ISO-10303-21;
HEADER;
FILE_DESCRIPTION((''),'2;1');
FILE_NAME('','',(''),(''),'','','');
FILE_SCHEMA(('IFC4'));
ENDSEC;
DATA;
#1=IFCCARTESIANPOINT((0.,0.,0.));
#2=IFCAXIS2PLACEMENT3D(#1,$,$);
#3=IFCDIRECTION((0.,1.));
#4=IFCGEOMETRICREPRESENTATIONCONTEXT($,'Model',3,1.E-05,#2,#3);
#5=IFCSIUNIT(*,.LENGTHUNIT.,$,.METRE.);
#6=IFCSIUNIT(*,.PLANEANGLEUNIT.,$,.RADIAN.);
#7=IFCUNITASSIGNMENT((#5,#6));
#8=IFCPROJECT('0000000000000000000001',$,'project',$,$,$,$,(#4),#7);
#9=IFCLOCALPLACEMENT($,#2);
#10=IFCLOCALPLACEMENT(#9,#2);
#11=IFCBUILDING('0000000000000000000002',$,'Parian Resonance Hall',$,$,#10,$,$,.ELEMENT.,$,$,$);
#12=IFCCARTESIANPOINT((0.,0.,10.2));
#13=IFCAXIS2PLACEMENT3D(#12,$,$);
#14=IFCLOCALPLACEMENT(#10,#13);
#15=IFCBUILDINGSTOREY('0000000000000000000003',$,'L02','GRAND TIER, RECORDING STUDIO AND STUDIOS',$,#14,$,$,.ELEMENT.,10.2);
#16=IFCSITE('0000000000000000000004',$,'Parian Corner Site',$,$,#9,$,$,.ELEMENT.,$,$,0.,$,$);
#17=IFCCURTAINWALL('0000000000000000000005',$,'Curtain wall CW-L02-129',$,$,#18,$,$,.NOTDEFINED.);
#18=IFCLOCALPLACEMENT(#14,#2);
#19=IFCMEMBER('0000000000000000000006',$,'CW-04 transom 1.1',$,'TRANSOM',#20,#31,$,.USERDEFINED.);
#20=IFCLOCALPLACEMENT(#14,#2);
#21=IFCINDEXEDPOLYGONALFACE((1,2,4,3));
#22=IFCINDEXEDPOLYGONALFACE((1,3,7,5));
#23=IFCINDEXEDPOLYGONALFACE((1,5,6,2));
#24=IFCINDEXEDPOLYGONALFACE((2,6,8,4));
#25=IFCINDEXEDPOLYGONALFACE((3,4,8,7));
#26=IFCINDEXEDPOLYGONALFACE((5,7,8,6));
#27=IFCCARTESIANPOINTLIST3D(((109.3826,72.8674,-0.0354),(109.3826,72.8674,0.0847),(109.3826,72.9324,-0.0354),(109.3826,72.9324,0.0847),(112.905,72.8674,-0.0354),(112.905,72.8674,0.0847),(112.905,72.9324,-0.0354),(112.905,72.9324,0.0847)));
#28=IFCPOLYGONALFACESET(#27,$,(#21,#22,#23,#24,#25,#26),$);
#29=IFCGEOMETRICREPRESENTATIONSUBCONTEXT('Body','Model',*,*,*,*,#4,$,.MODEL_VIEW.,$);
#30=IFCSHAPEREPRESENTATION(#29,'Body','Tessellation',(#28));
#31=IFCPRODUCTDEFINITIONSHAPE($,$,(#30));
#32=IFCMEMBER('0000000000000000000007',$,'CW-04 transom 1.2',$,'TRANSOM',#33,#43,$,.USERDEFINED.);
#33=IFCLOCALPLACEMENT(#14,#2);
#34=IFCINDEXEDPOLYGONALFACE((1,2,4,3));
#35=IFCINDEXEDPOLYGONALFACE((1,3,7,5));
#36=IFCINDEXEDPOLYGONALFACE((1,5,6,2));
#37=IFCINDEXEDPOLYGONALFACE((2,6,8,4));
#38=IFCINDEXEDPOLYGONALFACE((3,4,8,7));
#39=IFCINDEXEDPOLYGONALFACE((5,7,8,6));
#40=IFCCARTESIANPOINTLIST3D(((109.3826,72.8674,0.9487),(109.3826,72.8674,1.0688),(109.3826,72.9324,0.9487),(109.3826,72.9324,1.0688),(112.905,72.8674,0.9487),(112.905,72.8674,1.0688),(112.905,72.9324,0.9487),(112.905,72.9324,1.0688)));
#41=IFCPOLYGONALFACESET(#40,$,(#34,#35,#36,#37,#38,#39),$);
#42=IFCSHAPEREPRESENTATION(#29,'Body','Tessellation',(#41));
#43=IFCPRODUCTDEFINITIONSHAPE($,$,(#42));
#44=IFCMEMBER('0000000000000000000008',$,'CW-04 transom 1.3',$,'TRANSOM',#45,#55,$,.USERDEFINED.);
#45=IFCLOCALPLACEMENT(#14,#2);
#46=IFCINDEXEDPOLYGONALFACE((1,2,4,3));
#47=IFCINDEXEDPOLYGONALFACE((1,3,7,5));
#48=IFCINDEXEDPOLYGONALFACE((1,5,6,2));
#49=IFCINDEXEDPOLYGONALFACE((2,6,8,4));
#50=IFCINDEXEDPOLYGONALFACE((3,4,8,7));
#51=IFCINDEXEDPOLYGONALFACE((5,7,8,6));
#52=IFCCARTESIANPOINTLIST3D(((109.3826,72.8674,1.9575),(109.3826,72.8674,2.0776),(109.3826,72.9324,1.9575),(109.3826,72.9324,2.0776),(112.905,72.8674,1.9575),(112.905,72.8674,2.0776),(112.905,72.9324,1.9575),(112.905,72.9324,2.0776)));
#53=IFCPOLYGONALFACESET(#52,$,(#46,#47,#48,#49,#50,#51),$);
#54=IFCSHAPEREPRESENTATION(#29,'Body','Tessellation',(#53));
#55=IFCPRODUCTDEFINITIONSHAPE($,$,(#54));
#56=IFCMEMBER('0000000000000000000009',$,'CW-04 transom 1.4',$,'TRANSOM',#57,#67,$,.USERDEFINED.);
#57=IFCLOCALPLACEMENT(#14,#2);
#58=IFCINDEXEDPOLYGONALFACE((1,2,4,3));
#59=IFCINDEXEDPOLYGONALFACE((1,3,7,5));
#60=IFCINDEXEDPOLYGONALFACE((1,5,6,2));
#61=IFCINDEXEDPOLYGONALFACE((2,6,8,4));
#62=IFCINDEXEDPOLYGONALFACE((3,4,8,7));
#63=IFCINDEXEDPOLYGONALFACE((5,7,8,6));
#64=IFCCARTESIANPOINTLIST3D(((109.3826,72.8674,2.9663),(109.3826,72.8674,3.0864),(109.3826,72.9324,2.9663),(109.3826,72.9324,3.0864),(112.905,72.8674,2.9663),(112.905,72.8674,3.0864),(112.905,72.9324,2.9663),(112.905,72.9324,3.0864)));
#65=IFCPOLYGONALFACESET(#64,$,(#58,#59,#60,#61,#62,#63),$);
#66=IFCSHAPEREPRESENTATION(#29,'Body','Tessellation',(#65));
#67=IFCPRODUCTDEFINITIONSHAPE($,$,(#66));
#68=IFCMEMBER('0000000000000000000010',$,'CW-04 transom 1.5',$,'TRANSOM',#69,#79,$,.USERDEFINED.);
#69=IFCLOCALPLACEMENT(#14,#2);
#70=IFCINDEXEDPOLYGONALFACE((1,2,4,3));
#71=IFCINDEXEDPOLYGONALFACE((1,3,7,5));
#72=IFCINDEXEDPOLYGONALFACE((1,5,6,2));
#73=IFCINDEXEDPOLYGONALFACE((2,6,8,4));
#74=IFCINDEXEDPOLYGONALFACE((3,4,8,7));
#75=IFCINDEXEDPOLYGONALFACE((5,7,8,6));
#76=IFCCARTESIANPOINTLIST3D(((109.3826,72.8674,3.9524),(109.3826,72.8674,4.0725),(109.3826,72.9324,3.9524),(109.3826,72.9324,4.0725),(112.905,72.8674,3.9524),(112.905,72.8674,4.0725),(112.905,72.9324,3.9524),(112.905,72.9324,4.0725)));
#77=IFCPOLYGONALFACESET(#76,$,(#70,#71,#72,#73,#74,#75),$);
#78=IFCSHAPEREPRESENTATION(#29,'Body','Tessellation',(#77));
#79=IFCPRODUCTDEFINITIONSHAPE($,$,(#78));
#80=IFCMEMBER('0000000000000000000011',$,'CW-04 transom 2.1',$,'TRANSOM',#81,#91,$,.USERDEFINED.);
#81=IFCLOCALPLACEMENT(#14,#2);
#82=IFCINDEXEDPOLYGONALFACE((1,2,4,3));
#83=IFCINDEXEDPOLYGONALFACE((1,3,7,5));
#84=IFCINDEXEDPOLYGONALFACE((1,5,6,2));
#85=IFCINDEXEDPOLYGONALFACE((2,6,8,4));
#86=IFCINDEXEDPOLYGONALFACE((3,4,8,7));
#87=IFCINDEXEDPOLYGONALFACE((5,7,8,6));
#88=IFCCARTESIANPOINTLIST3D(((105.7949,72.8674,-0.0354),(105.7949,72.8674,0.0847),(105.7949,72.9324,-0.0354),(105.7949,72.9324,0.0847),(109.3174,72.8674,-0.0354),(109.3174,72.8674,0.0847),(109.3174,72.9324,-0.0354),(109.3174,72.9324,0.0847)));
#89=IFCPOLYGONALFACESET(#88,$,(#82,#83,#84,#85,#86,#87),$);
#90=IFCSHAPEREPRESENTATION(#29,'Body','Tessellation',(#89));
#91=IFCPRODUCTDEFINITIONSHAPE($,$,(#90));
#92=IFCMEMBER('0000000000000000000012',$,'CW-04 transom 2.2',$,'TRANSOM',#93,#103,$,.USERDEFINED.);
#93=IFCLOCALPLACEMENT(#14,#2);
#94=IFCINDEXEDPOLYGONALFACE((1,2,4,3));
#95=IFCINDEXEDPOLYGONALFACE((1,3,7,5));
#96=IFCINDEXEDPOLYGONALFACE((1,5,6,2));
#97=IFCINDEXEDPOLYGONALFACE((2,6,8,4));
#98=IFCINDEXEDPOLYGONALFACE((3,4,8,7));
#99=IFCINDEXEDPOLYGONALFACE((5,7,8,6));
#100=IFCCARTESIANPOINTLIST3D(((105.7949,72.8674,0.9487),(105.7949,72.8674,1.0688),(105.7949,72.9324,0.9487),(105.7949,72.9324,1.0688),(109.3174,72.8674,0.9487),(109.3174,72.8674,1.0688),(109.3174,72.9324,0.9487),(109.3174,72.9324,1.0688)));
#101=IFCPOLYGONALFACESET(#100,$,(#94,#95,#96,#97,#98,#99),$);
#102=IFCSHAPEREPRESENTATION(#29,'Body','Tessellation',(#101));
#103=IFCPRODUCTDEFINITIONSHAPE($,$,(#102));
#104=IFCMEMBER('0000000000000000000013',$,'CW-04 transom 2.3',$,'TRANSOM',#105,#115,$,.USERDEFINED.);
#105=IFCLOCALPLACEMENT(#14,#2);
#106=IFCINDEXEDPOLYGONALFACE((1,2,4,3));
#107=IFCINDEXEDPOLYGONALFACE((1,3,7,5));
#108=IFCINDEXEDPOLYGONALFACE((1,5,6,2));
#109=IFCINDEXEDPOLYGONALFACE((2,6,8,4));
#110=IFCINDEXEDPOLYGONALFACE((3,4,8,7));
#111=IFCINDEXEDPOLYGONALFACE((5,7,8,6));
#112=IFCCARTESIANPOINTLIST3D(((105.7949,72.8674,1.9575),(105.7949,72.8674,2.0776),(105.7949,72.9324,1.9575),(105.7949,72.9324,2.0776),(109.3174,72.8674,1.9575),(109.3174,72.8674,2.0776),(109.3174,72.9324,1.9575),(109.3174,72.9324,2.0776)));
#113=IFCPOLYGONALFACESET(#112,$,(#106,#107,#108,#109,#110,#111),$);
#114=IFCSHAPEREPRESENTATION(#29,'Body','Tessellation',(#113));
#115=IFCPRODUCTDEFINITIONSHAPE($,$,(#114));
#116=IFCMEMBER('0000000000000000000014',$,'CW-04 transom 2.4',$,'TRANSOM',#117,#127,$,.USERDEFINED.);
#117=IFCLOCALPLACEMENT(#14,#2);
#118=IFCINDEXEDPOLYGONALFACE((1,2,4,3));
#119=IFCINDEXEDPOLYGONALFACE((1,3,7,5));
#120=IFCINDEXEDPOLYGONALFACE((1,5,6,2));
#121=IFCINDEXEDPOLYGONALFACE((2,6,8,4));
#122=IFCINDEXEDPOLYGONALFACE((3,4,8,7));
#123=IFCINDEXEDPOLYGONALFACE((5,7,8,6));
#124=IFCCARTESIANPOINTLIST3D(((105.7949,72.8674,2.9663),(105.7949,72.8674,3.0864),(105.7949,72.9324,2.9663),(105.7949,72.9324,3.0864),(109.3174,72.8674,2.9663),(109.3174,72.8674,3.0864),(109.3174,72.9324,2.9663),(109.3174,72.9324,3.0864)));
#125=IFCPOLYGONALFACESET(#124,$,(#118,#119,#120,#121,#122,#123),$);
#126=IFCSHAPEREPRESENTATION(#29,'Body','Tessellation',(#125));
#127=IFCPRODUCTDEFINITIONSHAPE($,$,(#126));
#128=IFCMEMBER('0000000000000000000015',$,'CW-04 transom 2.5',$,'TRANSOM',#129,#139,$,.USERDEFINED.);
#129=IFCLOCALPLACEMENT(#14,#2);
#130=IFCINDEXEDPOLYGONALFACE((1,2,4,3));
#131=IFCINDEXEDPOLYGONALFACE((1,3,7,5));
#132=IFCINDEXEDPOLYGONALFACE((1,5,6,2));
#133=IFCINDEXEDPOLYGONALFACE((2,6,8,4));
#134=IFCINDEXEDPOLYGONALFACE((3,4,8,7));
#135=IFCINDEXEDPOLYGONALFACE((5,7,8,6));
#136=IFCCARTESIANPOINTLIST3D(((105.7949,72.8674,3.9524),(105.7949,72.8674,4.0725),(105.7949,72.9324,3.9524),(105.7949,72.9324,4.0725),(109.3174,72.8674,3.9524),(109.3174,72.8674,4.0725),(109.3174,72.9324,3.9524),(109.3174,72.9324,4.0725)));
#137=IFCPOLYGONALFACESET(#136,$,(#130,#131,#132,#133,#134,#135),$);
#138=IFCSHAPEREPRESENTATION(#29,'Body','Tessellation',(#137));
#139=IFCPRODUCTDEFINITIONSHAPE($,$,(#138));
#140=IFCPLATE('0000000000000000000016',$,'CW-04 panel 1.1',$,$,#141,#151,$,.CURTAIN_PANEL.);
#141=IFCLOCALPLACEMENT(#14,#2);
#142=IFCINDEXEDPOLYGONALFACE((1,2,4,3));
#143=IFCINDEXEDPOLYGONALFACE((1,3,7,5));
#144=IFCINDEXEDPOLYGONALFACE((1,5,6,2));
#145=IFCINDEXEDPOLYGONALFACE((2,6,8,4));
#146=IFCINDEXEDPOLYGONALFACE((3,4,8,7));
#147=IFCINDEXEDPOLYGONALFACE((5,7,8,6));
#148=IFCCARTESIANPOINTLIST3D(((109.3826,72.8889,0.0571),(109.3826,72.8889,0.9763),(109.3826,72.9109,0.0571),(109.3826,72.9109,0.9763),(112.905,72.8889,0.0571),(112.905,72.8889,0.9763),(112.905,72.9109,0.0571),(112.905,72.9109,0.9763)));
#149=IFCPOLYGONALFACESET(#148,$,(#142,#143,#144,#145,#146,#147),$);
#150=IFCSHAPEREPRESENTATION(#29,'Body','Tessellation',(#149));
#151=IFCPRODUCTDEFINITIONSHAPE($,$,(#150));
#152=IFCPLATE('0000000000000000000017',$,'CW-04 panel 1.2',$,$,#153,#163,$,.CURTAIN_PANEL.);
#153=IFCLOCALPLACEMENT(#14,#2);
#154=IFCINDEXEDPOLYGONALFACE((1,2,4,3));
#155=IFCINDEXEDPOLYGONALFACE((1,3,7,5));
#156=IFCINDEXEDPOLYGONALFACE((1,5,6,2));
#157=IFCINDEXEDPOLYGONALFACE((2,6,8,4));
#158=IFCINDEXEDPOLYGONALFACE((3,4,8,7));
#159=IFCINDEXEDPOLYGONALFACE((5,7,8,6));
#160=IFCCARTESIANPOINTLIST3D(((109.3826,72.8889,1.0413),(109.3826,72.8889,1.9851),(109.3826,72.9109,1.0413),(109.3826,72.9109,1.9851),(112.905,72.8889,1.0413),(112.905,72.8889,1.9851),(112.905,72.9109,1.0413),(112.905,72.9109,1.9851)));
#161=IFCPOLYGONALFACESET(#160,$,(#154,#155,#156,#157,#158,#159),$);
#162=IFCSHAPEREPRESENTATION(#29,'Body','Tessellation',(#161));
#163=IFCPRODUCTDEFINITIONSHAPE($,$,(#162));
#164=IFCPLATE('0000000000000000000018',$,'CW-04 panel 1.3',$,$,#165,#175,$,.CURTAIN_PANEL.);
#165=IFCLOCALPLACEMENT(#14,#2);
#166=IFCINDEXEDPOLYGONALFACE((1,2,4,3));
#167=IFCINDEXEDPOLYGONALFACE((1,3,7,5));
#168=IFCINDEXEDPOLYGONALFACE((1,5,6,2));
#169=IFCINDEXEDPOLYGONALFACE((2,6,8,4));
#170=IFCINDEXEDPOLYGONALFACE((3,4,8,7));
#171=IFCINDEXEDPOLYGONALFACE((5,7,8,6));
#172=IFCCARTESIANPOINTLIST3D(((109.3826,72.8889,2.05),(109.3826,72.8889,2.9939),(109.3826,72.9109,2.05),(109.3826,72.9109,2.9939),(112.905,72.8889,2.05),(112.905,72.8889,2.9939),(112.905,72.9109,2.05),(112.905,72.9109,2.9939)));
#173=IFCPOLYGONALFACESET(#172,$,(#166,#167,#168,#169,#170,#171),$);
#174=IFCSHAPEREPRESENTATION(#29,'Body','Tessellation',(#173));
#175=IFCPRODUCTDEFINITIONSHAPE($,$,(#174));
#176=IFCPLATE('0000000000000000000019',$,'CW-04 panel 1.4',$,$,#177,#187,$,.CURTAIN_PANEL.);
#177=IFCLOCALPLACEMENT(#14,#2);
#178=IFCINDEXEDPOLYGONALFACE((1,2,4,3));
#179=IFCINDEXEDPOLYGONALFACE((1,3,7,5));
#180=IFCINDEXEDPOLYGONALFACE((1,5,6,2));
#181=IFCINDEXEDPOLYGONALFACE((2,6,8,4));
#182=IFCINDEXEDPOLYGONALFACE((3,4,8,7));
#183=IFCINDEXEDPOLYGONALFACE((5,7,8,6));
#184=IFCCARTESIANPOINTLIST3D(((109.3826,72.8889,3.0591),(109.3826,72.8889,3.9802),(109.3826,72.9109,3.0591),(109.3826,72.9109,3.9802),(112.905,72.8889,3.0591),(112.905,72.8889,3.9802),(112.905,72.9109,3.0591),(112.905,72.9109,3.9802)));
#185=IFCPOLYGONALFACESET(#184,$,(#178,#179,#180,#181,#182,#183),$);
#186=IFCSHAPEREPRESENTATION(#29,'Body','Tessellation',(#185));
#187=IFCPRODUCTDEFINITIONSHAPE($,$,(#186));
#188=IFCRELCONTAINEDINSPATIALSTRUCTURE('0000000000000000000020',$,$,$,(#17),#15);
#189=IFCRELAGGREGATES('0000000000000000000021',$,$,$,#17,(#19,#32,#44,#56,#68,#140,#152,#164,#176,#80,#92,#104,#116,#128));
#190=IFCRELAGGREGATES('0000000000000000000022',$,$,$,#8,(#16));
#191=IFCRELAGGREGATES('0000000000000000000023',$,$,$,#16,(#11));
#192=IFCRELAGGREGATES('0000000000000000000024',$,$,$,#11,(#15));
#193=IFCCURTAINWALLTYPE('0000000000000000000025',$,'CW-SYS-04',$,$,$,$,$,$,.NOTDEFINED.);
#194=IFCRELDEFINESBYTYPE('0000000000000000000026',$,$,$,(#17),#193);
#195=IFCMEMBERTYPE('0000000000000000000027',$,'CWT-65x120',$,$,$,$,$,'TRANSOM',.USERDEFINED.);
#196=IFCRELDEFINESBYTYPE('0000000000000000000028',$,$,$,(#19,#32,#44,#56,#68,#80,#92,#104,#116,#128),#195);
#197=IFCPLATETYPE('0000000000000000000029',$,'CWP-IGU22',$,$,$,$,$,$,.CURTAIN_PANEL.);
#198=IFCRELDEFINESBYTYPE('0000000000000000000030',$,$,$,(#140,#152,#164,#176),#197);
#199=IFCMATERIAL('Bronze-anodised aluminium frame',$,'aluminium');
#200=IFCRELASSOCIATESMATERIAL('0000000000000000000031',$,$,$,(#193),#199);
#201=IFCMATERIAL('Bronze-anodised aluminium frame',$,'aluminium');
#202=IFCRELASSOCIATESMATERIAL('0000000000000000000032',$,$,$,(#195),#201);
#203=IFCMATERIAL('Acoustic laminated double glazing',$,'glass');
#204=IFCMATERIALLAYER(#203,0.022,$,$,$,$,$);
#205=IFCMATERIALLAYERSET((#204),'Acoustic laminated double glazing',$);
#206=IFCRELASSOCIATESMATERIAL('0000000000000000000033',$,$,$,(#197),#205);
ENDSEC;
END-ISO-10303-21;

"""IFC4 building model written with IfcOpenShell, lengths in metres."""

from ifc_helpers import new_model, si_unit, direction, frame, origin, origin_2d, place, context, subcontext, project, spatial, rectangle, extrude, material, layer, layer_set, material_profile, profile_set, type_object, element, aggregate, save


model = new_model("IFC4")

# Units and contexts
model_context = context("Model", 3, precision=1e-05, world=origin(), true_north=direction((0.0, 1.0)))
body_context = subcontext(model_context, "Body", "Model", "MODEL_VIEW")
ifc_project = project(units=[si_unit("LENGTHUNIT", "METRE"), si_unit("PLANEANGLEUNIT", "RADIAN")], contexts=[model_context])

# Site, building, storey
site_placement = place(None, origin())
site = spatial("IfcSite", under=ifc_project, at=site_placement, Name="Parian Corner Site", CompositionType="ELEMENT", RefElevation=0.0)
building_placement = place(site_placement, origin())
building = spatial("IfcBuilding", under=site, at=building_placement, Name="Parian Resonance Hall", CompositionType="ELEMENT")
storey_placement = place(building_placement, frame((0.0, 0.0, 10.2)))
storey = spatial("IfcBuildingStorey", under=building, at=storey_placement, Name="L02", Description="GRAND TIER, RECORDING STUDIO AND STUDIOS", CompositionType="ELEMENT", Elevation=10.2)

# Curtain wall, members, plates
ifc_material_1 = material(Name="Bronze-anodised aluminium frame", Category="aluminium")
curtain_wall_type = type_object("IfcCurtainWallType", Name="CW-SYS-04", PredefinedType="NOTDEFINED", material=ifc_material_1)
curtain_wall_placement = place(storey_placement, origin())
curtain_wall = element("IfcCurtainWall", 1, at=curtain_wall_placement, inside=storey, type_object=curtain_wall_type, Name="Curtain wall CW-L02-129", PredefinedType="NOTDEFINED")
ifc_material_2 = material(Name="Bronze-anodised aluminium frame", Category="aluminium")
ifc_material_profile_1 = material_profile(ifc_material_2, rectangle(XDim=0.0649, YDim=0.1201, at=origin_2d()), Name="CWT-65x120")
ifc_profile_set_1 = profile_set([ifc_material_profile_1], Name="Bronze-anodised aluminium frame")
member_type_1 = type_object("IfcMemberType", Name="CWT-65x120", ElementType="TRANSOM", PredefinedType="USERDEFINED", material=ifc_profile_set_1)
member_1_placement = place(storey_placement, frame((112.905, 72.8999, 0.0247), z_axis=(-1.0, 0.0, 0.0), x_axis=(0.0, -1.0, 0.0)))
member_1 = element("IfcMember", 2, at=member_1_placement, type_object=member_type_1, Name="CW-04 transom 1.1", ObjectType="TRANSOM", PredefinedType="USERDEFINED", context=body_context, shape_type="SweptSolid", body=[
    extrude(rectangle(XDim=0.0649, YDim=0.1201, at=origin_2d()), origin(), (0.0, 0.0, 1.0), 3.5225),
])
member_2_placement = place(storey_placement, frame((112.905, 72.8999, 1.0088), z_axis=(-1.0, 0.0, 0.0), x_axis=(0.0, -1.0, 0.0)))
member_2 = element("IfcMember", 3, at=member_2_placement, type_object=member_type_1, Name="CW-04 transom 1.2", ObjectType="TRANSOM", PredefinedType="USERDEFINED", context=body_context, shape_type="SweptSolid", body=[
    extrude(rectangle(XDim=0.0649, YDim=0.1201, at=origin_2d()), origin(), (0.0, 0.0, 1.0), 3.5225),
])
member_3_placement = place(storey_placement, frame((112.905, 72.8999, 2.0176), z_axis=(-1.0, 0.0, 0.0), x_axis=(0.0, -1.0, 0.0)))
member_3 = element("IfcMember", 4, at=member_3_placement, type_object=member_type_1, Name="CW-04 transom 1.3", ObjectType="TRANSOM", PredefinedType="USERDEFINED", context=body_context, shape_type="SweptSolid", body=[
    extrude(rectangle(XDim=0.0649, YDim=0.1201, at=origin_2d()), origin(), (0.0, 0.0, 1.0), 3.5225),
])
member_4_placement = place(storey_placement, frame((112.905, 72.8999, 3.0264), z_axis=(-1.0, 0.0, 0.0), x_axis=(0.0, -1.0, 0.0)))
member_4 = element("IfcMember", 5, at=member_4_placement, type_object=member_type_1, Name="CW-04 transom 1.4", ObjectType="TRANSOM", PredefinedType="USERDEFINED", context=body_context, shape_type="SweptSolid", body=[
    extrude(rectangle(XDim=0.0649, YDim=0.1201, at=origin_2d()), origin(), (0.0, 0.0, 1.0), 3.5225),
])
member_5_placement = place(storey_placement, frame((112.905, 72.8999, 4.0125), z_axis=(-1.0, 0.0, 0.0), x_axis=(0.0, -1.0, 0.0)))
member_5 = element("IfcMember", 6, at=member_5_placement, type_object=member_type_1, Name="CW-04 transom 1.5", ObjectType="TRANSOM", PredefinedType="USERDEFINED", context=body_context, shape_type="SweptSolid", body=[
    extrude(rectangle(XDim=0.0649, YDim=0.1201, at=origin_2d()), origin(), (0.0, 0.0, 1.0), 3.5225),
])
member_6_placement = place(storey_placement, frame((109.3174, 72.8999, 0.0247), z_axis=(-1.0, 0.0, 0.0), x_axis=(0.0, -1.0, 0.0)))
member_6 = element("IfcMember", 7, at=member_6_placement, type_object=member_type_1, Name="CW-04 transom 2.1", ObjectType="TRANSOM", PredefinedType="USERDEFINED", context=body_context, shape_type="SweptSolid", body=[
    extrude(rectangle(XDim=0.0649, YDim=0.1201, at=origin_2d()), origin(), (0.0, 0.0, 1.0), 3.5225),
])
member_7_placement = place(storey_placement, frame((109.3174, 72.8999, 1.0088), z_axis=(-1.0, 0.0, 0.0), x_axis=(0.0, -1.0, 0.0)))
member_7 = element("IfcMember", 8, at=member_7_placement, type_object=member_type_1, Name="CW-04 transom 2.2", ObjectType="TRANSOM", PredefinedType="USERDEFINED", context=body_context, shape_type="SweptSolid", body=[
    extrude(rectangle(XDim=0.0649, YDim=0.1201, at=origin_2d()), origin(), (0.0, 0.0, 1.0), 3.5225),
])
member_8_placement = place(storey_placement, frame((109.3174, 72.8999, 2.0176), z_axis=(-1.0, 0.0, 0.0), x_axis=(0.0, -1.0, 0.0)))
member_8 = element("IfcMember", 9, at=member_8_placement, type_object=member_type_1, Name="CW-04 transom 2.3", ObjectType="TRANSOM", PredefinedType="USERDEFINED", context=body_context, shape_type="SweptSolid", body=[
    extrude(rectangle(XDim=0.0649, YDim=0.1201, at=origin_2d()), origin(), (0.0, 0.0, 1.0), 3.5225),
])
member_9_placement = place(storey_placement, frame((109.3174, 72.8999, 3.0264), z_axis=(-1.0, 0.0, 0.0), x_axis=(0.0, -1.0, 0.0)))
member_9 = element("IfcMember", 10, at=member_9_placement, type_object=member_type_1, Name="CW-04 transom 2.4", ObjectType="TRANSOM", PredefinedType="USERDEFINED", context=body_context, shape_type="SweptSolid", body=[
    extrude(rectangle(XDim=0.0649, YDim=0.1201, at=origin_2d()), origin(), (0.0, 0.0, 1.0), 3.5225),
])
member_10_placement = place(storey_placement, frame((109.3174, 72.8999, 4.0125), z_axis=(-1.0, 0.0, 0.0), x_axis=(0.0, -1.0, 0.0)))
member_10 = element("IfcMember", 11, at=member_10_placement, type_object=member_type_1, Name="CW-04 transom 2.5", ObjectType="TRANSOM", PredefinedType="USERDEFINED", context=body_context, shape_type="SweptSolid", body=[
    extrude(rectangle(XDim=0.0649, YDim=0.1201, at=origin_2d()), origin(), (0.0, 0.0, 1.0), 3.5225),
])
ifc_material_3 = material(Name="Acoustic laminated double glazing", Category="glass")
ifc_layer_1 = layer(ifc_material_3, 0.022)
ifc_layer_set_1 = layer_set([ifc_layer_1], Name="Acoustic laminated double glazing")
plate_type = type_object("IfcPlateType", Name="CWP-IGU22", PredefinedType="CURTAIN_PANEL", material=ifc_layer_set_1)
plate_1_placement = place(storey_placement, frame((111.1438, 72.8999, 0.0571), z_axis=(0.0, 0.0, 1.0), x_axis=(-1.0, 0.0, 0.0)))
plate_1 = element("IfcPlate", 12, at=plate_1_placement, type_object=plate_type, Name="CW-04 panel 1.1", PredefinedType="CURTAIN_PANEL", context=body_context, shape_type="SweptSolid", body=[
    extrude(rectangle(XDim=3.5225, YDim=0.022, at=origin_2d()), origin(), (0.0, 0.0, 1.0), 0.9192),
])
plate_2_placement = place(storey_placement, frame((111.1438, 72.8999, 1.0413), z_axis=(0.0, 0.0, 1.0), x_axis=(-1.0, 0.0, 0.0)))
plate_2 = element("IfcPlate", 13, at=plate_2_placement, type_object=plate_type, Name="CW-04 panel 1.2", PredefinedType="CURTAIN_PANEL", context=body_context, shape_type="SweptSolid", body=[
    extrude(rectangle(XDim=3.5225, YDim=0.022, at=origin_2d()), origin(), (0.0, 0.0, 1.0), 0.9438),
])
plate_3_placement = place(storey_placement, frame((111.1438, 72.8999, 2.05), z_axis=(0.0, 0.0, 1.0), x_axis=(-1.0, 0.0, 0.0)))
plate_3 = element("IfcPlate", 14, at=plate_3_placement, type_object=plate_type, Name="CW-04 panel 1.3", PredefinedType="CURTAIN_PANEL", context=body_context, shape_type="SweptSolid", body=[
    extrude(rectangle(XDim=3.5225, YDim=0.022, at=origin_2d()), origin(), (0.0, 0.0, 1.0), 0.9438),
])
plate_4_placement = place(storey_placement, frame((111.1438, 72.8999, 3.0591), z_axis=(0.0, 0.0, 1.0), x_axis=(-1.0, 0.0, 0.0)))
plate_4 = element("IfcPlate", 15, at=plate_4_placement, type_object=plate_type, Name="CW-04 panel 1.4", PredefinedType="CURTAIN_PANEL", context=body_context, shape_type="SweptSolid", body=[
    extrude(rectangle(XDim=3.5225, YDim=0.022, at=origin_2d()), origin(), (0.0, 0.0, 1.0), 0.9211),
])
aggregate(curtain_wall, [member_1, member_2, member_3, member_4, member_5, plate_1, plate_2, plate_3, plate_4, member_6, member_7, member_8, member_9, member_10])

save(model, "model.ifc")
